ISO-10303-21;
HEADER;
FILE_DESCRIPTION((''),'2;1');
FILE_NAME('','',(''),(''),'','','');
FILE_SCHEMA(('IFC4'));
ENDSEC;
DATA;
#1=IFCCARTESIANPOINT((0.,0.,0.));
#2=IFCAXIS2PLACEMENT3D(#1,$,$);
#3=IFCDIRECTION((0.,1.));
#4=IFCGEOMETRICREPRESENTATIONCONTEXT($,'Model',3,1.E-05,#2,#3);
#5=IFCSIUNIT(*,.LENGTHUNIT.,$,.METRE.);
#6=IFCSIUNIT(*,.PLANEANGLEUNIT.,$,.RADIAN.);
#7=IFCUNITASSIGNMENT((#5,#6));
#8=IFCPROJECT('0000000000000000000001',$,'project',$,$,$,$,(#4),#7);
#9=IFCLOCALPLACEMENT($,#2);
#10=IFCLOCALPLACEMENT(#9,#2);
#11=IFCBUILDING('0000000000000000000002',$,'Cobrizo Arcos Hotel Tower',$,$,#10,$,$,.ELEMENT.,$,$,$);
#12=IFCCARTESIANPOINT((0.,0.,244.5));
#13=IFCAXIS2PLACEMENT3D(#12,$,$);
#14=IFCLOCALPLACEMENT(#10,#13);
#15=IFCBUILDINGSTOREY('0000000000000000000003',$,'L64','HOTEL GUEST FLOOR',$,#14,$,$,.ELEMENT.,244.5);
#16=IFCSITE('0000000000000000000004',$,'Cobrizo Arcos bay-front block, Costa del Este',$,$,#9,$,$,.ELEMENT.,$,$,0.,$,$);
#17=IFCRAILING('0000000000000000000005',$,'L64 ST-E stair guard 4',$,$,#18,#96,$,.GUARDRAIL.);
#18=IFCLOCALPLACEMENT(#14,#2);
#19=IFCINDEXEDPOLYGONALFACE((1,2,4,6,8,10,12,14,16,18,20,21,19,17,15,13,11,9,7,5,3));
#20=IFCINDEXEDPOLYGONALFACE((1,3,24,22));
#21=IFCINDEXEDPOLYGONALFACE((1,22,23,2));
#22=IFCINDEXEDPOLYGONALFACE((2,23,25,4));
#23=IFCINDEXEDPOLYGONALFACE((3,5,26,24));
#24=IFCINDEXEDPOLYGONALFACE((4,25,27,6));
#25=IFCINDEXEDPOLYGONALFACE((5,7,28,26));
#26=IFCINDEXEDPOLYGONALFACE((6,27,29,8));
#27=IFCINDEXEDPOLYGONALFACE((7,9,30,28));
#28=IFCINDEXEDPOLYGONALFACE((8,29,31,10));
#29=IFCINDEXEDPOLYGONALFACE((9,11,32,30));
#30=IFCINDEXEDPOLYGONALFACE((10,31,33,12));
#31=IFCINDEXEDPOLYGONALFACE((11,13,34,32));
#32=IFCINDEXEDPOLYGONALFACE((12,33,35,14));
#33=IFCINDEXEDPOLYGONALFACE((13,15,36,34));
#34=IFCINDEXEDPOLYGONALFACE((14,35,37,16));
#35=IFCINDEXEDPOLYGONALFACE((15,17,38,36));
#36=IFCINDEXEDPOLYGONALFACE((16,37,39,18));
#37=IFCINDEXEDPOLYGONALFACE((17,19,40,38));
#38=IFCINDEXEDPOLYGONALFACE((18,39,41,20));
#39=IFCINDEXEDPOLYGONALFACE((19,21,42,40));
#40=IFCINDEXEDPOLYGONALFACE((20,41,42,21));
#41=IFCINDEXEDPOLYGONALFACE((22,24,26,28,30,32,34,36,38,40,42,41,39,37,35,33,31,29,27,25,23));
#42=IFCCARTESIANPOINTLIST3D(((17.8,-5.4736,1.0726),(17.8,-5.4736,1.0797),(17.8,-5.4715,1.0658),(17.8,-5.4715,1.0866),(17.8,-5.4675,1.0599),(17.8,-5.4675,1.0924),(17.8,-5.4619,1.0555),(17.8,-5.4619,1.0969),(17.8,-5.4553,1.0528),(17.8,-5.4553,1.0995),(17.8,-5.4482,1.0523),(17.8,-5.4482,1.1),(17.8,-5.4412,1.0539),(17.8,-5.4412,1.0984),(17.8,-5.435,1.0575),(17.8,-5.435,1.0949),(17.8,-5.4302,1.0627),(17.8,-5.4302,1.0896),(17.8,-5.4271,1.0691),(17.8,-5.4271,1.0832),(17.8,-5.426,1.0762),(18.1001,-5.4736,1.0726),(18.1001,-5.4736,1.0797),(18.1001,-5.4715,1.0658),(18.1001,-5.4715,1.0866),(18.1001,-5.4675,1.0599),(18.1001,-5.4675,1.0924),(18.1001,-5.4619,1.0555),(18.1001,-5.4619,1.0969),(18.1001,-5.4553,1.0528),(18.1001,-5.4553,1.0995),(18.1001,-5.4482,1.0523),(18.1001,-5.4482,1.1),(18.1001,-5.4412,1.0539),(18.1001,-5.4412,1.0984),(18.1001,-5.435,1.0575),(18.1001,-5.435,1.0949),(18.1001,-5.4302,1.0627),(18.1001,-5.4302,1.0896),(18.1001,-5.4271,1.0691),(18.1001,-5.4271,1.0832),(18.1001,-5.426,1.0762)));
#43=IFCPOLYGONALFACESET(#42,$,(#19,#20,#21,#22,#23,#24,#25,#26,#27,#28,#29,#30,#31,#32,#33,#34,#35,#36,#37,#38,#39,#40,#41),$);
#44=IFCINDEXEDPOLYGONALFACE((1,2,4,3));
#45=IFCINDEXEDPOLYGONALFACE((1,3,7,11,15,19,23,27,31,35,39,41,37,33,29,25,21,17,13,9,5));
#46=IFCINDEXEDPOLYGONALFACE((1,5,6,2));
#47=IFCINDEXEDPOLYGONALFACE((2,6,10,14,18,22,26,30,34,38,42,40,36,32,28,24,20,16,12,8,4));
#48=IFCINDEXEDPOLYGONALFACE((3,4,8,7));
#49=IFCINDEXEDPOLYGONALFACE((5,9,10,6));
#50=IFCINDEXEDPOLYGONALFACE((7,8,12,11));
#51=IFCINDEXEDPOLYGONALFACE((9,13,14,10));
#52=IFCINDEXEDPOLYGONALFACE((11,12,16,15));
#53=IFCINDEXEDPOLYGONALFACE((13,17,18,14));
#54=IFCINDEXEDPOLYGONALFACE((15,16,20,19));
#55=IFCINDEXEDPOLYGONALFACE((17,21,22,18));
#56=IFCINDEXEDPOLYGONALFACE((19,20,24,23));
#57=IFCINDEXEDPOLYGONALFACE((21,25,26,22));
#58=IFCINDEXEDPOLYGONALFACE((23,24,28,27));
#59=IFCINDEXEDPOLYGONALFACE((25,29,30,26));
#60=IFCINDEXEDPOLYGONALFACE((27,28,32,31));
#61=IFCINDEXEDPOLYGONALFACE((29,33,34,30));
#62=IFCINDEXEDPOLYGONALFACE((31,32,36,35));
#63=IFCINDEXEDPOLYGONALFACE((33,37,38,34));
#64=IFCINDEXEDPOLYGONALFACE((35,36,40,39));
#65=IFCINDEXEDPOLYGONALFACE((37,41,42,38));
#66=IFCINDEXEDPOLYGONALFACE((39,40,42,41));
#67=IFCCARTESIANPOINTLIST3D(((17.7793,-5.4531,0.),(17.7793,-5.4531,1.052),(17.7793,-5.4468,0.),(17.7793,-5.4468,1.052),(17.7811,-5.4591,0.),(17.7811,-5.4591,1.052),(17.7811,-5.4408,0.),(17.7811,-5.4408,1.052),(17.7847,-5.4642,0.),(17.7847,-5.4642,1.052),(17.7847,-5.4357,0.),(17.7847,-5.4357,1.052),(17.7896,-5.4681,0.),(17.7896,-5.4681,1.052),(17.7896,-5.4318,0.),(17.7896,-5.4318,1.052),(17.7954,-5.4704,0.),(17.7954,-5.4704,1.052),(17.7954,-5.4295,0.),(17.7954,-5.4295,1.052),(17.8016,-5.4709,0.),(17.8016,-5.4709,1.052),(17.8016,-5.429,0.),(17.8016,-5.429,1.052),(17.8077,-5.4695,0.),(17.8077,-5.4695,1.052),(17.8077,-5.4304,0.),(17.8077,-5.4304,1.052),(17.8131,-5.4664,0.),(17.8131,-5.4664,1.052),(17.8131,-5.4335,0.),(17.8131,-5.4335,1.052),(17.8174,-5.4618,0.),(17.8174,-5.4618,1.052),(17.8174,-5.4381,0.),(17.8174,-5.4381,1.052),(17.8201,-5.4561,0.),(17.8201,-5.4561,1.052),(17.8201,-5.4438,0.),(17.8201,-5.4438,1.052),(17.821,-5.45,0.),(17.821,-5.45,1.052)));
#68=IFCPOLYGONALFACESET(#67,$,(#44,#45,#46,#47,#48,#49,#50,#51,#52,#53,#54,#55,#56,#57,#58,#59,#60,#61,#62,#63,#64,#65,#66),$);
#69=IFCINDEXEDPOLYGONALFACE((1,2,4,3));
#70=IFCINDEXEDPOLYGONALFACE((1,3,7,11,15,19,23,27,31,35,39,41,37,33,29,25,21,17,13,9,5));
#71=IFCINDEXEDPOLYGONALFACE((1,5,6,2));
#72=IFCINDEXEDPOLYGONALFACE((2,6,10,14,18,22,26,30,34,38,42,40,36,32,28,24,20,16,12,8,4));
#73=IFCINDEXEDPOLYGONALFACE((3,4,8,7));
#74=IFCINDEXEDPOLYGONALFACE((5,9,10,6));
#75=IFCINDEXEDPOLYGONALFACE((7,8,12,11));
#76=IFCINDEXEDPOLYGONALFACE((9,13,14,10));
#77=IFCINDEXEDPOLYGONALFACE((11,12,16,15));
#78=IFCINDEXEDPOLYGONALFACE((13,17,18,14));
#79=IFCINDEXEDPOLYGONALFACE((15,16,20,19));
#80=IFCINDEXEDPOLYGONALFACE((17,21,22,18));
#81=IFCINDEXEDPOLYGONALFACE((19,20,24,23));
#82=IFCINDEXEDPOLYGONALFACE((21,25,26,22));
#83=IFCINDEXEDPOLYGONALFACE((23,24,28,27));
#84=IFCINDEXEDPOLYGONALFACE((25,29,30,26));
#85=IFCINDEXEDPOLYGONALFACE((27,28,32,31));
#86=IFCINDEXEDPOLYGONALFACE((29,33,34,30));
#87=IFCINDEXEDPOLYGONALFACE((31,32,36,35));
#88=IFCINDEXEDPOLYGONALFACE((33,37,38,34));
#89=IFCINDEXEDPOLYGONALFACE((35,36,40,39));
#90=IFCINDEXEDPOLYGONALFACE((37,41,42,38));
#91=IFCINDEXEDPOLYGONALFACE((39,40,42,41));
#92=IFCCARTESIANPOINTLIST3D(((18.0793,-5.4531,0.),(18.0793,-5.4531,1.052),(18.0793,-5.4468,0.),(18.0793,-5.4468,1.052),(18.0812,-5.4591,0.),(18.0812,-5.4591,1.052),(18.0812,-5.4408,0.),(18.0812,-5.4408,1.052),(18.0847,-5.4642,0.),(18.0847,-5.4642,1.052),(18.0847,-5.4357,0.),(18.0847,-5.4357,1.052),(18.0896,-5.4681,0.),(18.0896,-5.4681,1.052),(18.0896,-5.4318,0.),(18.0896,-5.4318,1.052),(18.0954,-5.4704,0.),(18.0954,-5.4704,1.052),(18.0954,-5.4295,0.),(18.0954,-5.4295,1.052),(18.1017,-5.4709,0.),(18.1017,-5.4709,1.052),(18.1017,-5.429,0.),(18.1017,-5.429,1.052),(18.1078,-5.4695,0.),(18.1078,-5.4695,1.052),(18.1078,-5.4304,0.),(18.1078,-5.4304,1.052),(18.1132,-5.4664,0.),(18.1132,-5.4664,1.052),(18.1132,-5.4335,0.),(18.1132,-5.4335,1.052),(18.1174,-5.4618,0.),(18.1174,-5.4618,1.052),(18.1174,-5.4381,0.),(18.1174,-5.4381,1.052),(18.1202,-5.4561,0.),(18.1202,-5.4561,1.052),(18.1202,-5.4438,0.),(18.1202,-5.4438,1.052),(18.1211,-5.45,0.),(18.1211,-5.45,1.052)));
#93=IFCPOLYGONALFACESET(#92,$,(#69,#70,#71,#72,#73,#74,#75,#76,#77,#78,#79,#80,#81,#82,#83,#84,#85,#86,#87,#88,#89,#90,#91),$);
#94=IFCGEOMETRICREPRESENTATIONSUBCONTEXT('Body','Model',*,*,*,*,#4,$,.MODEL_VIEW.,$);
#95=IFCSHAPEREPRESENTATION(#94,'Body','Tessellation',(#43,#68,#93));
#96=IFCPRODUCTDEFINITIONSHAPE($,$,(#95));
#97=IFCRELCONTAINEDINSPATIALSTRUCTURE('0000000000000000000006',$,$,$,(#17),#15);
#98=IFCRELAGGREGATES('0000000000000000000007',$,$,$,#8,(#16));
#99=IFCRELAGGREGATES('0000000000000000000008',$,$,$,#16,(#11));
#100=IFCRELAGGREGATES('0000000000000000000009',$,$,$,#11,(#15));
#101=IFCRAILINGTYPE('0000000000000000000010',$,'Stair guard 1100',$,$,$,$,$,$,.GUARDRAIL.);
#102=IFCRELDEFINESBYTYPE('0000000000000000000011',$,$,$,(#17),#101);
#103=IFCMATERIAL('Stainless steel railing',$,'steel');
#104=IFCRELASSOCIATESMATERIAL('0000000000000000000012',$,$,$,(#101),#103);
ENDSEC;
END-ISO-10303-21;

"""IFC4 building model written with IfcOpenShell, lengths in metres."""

from ifc_helpers import new_model, si_unit, direction, frame, origin, origin_2d, place, context, subcontext, project, spatial, circle, extrude, material, type_object, element, save


model = new_model("IFC4")

# Units and contexts
model_context = context("Model", 3, precision=1e-05, world=origin(), true_north=direction((0.0, 1.0)))
body_context = subcontext(model_context, "Body", "Model", "MODEL_VIEW")
ifc_project = project(units=[si_unit("LENGTHUNIT", "METRE"), si_unit("PLANEANGLEUNIT", "RADIAN")], contexts=[model_context])

# Site, building, storey
site_placement = place(None, origin())
site = spatial("IfcSite", under=ifc_project, at=site_placement, Name="Cobrizo Arcos bay-front block, Costa del Este", CompositionType="ELEMENT", RefElevation=0.0)
building_placement = place(site_placement, origin())
building = spatial("IfcBuilding", under=site, at=building_placement, Name="Cobrizo Arcos Hotel Tower", CompositionType="ELEMENT")
storey_placement = place(building_placement, frame((0.0, 0.0, 244.5)))
storey = spatial("IfcBuildingStorey", under=building, at=storey_placement, Name="L64", Description="HOTEL GUEST FLOOR", CompositionType="ELEMENT", Elevation=244.5)

# Railing
ifc_material_1 = material(Name="Stainless steel railing", Category="steel")
railing_type_1 = type_object("IfcRailingType", Name="Stair guard 1100", PredefinedType="GUARDRAIL", material=ifc_material_1)
railing_1_placement = place(storey_placement, frame((17.8, -5.45, 0.0)))
element("IfcRailing", 1, at=railing_1_placement, inside=storey, type_object=railing_type_1, Name="L64 ST-E stair guard 4", PredefinedType="GUARDRAIL", context=body_context, shape_type="SweptSolid", body=[
    extrude(circle(Radius=0.0239, at=origin_2d()), frame((0.0, 0.0, 1.0762), z_axis=(1.0, 0.0, 0.0), x_axis=(0.0, 1.0, 0.0)), (0.0, 0.0, 1.0), 0.3),
    extrude(circle(Radius=0.021, at=origin_2d()), origin(), (0.0, 0.0, 1.0), 1.052),
    extrude(circle(Radius=0.021, at=origin_2d()), frame((0.3, 0.0, 0.0)), (0.0, 0.0, 1.0), 1.052),
])

save(model, "model.ifc")
